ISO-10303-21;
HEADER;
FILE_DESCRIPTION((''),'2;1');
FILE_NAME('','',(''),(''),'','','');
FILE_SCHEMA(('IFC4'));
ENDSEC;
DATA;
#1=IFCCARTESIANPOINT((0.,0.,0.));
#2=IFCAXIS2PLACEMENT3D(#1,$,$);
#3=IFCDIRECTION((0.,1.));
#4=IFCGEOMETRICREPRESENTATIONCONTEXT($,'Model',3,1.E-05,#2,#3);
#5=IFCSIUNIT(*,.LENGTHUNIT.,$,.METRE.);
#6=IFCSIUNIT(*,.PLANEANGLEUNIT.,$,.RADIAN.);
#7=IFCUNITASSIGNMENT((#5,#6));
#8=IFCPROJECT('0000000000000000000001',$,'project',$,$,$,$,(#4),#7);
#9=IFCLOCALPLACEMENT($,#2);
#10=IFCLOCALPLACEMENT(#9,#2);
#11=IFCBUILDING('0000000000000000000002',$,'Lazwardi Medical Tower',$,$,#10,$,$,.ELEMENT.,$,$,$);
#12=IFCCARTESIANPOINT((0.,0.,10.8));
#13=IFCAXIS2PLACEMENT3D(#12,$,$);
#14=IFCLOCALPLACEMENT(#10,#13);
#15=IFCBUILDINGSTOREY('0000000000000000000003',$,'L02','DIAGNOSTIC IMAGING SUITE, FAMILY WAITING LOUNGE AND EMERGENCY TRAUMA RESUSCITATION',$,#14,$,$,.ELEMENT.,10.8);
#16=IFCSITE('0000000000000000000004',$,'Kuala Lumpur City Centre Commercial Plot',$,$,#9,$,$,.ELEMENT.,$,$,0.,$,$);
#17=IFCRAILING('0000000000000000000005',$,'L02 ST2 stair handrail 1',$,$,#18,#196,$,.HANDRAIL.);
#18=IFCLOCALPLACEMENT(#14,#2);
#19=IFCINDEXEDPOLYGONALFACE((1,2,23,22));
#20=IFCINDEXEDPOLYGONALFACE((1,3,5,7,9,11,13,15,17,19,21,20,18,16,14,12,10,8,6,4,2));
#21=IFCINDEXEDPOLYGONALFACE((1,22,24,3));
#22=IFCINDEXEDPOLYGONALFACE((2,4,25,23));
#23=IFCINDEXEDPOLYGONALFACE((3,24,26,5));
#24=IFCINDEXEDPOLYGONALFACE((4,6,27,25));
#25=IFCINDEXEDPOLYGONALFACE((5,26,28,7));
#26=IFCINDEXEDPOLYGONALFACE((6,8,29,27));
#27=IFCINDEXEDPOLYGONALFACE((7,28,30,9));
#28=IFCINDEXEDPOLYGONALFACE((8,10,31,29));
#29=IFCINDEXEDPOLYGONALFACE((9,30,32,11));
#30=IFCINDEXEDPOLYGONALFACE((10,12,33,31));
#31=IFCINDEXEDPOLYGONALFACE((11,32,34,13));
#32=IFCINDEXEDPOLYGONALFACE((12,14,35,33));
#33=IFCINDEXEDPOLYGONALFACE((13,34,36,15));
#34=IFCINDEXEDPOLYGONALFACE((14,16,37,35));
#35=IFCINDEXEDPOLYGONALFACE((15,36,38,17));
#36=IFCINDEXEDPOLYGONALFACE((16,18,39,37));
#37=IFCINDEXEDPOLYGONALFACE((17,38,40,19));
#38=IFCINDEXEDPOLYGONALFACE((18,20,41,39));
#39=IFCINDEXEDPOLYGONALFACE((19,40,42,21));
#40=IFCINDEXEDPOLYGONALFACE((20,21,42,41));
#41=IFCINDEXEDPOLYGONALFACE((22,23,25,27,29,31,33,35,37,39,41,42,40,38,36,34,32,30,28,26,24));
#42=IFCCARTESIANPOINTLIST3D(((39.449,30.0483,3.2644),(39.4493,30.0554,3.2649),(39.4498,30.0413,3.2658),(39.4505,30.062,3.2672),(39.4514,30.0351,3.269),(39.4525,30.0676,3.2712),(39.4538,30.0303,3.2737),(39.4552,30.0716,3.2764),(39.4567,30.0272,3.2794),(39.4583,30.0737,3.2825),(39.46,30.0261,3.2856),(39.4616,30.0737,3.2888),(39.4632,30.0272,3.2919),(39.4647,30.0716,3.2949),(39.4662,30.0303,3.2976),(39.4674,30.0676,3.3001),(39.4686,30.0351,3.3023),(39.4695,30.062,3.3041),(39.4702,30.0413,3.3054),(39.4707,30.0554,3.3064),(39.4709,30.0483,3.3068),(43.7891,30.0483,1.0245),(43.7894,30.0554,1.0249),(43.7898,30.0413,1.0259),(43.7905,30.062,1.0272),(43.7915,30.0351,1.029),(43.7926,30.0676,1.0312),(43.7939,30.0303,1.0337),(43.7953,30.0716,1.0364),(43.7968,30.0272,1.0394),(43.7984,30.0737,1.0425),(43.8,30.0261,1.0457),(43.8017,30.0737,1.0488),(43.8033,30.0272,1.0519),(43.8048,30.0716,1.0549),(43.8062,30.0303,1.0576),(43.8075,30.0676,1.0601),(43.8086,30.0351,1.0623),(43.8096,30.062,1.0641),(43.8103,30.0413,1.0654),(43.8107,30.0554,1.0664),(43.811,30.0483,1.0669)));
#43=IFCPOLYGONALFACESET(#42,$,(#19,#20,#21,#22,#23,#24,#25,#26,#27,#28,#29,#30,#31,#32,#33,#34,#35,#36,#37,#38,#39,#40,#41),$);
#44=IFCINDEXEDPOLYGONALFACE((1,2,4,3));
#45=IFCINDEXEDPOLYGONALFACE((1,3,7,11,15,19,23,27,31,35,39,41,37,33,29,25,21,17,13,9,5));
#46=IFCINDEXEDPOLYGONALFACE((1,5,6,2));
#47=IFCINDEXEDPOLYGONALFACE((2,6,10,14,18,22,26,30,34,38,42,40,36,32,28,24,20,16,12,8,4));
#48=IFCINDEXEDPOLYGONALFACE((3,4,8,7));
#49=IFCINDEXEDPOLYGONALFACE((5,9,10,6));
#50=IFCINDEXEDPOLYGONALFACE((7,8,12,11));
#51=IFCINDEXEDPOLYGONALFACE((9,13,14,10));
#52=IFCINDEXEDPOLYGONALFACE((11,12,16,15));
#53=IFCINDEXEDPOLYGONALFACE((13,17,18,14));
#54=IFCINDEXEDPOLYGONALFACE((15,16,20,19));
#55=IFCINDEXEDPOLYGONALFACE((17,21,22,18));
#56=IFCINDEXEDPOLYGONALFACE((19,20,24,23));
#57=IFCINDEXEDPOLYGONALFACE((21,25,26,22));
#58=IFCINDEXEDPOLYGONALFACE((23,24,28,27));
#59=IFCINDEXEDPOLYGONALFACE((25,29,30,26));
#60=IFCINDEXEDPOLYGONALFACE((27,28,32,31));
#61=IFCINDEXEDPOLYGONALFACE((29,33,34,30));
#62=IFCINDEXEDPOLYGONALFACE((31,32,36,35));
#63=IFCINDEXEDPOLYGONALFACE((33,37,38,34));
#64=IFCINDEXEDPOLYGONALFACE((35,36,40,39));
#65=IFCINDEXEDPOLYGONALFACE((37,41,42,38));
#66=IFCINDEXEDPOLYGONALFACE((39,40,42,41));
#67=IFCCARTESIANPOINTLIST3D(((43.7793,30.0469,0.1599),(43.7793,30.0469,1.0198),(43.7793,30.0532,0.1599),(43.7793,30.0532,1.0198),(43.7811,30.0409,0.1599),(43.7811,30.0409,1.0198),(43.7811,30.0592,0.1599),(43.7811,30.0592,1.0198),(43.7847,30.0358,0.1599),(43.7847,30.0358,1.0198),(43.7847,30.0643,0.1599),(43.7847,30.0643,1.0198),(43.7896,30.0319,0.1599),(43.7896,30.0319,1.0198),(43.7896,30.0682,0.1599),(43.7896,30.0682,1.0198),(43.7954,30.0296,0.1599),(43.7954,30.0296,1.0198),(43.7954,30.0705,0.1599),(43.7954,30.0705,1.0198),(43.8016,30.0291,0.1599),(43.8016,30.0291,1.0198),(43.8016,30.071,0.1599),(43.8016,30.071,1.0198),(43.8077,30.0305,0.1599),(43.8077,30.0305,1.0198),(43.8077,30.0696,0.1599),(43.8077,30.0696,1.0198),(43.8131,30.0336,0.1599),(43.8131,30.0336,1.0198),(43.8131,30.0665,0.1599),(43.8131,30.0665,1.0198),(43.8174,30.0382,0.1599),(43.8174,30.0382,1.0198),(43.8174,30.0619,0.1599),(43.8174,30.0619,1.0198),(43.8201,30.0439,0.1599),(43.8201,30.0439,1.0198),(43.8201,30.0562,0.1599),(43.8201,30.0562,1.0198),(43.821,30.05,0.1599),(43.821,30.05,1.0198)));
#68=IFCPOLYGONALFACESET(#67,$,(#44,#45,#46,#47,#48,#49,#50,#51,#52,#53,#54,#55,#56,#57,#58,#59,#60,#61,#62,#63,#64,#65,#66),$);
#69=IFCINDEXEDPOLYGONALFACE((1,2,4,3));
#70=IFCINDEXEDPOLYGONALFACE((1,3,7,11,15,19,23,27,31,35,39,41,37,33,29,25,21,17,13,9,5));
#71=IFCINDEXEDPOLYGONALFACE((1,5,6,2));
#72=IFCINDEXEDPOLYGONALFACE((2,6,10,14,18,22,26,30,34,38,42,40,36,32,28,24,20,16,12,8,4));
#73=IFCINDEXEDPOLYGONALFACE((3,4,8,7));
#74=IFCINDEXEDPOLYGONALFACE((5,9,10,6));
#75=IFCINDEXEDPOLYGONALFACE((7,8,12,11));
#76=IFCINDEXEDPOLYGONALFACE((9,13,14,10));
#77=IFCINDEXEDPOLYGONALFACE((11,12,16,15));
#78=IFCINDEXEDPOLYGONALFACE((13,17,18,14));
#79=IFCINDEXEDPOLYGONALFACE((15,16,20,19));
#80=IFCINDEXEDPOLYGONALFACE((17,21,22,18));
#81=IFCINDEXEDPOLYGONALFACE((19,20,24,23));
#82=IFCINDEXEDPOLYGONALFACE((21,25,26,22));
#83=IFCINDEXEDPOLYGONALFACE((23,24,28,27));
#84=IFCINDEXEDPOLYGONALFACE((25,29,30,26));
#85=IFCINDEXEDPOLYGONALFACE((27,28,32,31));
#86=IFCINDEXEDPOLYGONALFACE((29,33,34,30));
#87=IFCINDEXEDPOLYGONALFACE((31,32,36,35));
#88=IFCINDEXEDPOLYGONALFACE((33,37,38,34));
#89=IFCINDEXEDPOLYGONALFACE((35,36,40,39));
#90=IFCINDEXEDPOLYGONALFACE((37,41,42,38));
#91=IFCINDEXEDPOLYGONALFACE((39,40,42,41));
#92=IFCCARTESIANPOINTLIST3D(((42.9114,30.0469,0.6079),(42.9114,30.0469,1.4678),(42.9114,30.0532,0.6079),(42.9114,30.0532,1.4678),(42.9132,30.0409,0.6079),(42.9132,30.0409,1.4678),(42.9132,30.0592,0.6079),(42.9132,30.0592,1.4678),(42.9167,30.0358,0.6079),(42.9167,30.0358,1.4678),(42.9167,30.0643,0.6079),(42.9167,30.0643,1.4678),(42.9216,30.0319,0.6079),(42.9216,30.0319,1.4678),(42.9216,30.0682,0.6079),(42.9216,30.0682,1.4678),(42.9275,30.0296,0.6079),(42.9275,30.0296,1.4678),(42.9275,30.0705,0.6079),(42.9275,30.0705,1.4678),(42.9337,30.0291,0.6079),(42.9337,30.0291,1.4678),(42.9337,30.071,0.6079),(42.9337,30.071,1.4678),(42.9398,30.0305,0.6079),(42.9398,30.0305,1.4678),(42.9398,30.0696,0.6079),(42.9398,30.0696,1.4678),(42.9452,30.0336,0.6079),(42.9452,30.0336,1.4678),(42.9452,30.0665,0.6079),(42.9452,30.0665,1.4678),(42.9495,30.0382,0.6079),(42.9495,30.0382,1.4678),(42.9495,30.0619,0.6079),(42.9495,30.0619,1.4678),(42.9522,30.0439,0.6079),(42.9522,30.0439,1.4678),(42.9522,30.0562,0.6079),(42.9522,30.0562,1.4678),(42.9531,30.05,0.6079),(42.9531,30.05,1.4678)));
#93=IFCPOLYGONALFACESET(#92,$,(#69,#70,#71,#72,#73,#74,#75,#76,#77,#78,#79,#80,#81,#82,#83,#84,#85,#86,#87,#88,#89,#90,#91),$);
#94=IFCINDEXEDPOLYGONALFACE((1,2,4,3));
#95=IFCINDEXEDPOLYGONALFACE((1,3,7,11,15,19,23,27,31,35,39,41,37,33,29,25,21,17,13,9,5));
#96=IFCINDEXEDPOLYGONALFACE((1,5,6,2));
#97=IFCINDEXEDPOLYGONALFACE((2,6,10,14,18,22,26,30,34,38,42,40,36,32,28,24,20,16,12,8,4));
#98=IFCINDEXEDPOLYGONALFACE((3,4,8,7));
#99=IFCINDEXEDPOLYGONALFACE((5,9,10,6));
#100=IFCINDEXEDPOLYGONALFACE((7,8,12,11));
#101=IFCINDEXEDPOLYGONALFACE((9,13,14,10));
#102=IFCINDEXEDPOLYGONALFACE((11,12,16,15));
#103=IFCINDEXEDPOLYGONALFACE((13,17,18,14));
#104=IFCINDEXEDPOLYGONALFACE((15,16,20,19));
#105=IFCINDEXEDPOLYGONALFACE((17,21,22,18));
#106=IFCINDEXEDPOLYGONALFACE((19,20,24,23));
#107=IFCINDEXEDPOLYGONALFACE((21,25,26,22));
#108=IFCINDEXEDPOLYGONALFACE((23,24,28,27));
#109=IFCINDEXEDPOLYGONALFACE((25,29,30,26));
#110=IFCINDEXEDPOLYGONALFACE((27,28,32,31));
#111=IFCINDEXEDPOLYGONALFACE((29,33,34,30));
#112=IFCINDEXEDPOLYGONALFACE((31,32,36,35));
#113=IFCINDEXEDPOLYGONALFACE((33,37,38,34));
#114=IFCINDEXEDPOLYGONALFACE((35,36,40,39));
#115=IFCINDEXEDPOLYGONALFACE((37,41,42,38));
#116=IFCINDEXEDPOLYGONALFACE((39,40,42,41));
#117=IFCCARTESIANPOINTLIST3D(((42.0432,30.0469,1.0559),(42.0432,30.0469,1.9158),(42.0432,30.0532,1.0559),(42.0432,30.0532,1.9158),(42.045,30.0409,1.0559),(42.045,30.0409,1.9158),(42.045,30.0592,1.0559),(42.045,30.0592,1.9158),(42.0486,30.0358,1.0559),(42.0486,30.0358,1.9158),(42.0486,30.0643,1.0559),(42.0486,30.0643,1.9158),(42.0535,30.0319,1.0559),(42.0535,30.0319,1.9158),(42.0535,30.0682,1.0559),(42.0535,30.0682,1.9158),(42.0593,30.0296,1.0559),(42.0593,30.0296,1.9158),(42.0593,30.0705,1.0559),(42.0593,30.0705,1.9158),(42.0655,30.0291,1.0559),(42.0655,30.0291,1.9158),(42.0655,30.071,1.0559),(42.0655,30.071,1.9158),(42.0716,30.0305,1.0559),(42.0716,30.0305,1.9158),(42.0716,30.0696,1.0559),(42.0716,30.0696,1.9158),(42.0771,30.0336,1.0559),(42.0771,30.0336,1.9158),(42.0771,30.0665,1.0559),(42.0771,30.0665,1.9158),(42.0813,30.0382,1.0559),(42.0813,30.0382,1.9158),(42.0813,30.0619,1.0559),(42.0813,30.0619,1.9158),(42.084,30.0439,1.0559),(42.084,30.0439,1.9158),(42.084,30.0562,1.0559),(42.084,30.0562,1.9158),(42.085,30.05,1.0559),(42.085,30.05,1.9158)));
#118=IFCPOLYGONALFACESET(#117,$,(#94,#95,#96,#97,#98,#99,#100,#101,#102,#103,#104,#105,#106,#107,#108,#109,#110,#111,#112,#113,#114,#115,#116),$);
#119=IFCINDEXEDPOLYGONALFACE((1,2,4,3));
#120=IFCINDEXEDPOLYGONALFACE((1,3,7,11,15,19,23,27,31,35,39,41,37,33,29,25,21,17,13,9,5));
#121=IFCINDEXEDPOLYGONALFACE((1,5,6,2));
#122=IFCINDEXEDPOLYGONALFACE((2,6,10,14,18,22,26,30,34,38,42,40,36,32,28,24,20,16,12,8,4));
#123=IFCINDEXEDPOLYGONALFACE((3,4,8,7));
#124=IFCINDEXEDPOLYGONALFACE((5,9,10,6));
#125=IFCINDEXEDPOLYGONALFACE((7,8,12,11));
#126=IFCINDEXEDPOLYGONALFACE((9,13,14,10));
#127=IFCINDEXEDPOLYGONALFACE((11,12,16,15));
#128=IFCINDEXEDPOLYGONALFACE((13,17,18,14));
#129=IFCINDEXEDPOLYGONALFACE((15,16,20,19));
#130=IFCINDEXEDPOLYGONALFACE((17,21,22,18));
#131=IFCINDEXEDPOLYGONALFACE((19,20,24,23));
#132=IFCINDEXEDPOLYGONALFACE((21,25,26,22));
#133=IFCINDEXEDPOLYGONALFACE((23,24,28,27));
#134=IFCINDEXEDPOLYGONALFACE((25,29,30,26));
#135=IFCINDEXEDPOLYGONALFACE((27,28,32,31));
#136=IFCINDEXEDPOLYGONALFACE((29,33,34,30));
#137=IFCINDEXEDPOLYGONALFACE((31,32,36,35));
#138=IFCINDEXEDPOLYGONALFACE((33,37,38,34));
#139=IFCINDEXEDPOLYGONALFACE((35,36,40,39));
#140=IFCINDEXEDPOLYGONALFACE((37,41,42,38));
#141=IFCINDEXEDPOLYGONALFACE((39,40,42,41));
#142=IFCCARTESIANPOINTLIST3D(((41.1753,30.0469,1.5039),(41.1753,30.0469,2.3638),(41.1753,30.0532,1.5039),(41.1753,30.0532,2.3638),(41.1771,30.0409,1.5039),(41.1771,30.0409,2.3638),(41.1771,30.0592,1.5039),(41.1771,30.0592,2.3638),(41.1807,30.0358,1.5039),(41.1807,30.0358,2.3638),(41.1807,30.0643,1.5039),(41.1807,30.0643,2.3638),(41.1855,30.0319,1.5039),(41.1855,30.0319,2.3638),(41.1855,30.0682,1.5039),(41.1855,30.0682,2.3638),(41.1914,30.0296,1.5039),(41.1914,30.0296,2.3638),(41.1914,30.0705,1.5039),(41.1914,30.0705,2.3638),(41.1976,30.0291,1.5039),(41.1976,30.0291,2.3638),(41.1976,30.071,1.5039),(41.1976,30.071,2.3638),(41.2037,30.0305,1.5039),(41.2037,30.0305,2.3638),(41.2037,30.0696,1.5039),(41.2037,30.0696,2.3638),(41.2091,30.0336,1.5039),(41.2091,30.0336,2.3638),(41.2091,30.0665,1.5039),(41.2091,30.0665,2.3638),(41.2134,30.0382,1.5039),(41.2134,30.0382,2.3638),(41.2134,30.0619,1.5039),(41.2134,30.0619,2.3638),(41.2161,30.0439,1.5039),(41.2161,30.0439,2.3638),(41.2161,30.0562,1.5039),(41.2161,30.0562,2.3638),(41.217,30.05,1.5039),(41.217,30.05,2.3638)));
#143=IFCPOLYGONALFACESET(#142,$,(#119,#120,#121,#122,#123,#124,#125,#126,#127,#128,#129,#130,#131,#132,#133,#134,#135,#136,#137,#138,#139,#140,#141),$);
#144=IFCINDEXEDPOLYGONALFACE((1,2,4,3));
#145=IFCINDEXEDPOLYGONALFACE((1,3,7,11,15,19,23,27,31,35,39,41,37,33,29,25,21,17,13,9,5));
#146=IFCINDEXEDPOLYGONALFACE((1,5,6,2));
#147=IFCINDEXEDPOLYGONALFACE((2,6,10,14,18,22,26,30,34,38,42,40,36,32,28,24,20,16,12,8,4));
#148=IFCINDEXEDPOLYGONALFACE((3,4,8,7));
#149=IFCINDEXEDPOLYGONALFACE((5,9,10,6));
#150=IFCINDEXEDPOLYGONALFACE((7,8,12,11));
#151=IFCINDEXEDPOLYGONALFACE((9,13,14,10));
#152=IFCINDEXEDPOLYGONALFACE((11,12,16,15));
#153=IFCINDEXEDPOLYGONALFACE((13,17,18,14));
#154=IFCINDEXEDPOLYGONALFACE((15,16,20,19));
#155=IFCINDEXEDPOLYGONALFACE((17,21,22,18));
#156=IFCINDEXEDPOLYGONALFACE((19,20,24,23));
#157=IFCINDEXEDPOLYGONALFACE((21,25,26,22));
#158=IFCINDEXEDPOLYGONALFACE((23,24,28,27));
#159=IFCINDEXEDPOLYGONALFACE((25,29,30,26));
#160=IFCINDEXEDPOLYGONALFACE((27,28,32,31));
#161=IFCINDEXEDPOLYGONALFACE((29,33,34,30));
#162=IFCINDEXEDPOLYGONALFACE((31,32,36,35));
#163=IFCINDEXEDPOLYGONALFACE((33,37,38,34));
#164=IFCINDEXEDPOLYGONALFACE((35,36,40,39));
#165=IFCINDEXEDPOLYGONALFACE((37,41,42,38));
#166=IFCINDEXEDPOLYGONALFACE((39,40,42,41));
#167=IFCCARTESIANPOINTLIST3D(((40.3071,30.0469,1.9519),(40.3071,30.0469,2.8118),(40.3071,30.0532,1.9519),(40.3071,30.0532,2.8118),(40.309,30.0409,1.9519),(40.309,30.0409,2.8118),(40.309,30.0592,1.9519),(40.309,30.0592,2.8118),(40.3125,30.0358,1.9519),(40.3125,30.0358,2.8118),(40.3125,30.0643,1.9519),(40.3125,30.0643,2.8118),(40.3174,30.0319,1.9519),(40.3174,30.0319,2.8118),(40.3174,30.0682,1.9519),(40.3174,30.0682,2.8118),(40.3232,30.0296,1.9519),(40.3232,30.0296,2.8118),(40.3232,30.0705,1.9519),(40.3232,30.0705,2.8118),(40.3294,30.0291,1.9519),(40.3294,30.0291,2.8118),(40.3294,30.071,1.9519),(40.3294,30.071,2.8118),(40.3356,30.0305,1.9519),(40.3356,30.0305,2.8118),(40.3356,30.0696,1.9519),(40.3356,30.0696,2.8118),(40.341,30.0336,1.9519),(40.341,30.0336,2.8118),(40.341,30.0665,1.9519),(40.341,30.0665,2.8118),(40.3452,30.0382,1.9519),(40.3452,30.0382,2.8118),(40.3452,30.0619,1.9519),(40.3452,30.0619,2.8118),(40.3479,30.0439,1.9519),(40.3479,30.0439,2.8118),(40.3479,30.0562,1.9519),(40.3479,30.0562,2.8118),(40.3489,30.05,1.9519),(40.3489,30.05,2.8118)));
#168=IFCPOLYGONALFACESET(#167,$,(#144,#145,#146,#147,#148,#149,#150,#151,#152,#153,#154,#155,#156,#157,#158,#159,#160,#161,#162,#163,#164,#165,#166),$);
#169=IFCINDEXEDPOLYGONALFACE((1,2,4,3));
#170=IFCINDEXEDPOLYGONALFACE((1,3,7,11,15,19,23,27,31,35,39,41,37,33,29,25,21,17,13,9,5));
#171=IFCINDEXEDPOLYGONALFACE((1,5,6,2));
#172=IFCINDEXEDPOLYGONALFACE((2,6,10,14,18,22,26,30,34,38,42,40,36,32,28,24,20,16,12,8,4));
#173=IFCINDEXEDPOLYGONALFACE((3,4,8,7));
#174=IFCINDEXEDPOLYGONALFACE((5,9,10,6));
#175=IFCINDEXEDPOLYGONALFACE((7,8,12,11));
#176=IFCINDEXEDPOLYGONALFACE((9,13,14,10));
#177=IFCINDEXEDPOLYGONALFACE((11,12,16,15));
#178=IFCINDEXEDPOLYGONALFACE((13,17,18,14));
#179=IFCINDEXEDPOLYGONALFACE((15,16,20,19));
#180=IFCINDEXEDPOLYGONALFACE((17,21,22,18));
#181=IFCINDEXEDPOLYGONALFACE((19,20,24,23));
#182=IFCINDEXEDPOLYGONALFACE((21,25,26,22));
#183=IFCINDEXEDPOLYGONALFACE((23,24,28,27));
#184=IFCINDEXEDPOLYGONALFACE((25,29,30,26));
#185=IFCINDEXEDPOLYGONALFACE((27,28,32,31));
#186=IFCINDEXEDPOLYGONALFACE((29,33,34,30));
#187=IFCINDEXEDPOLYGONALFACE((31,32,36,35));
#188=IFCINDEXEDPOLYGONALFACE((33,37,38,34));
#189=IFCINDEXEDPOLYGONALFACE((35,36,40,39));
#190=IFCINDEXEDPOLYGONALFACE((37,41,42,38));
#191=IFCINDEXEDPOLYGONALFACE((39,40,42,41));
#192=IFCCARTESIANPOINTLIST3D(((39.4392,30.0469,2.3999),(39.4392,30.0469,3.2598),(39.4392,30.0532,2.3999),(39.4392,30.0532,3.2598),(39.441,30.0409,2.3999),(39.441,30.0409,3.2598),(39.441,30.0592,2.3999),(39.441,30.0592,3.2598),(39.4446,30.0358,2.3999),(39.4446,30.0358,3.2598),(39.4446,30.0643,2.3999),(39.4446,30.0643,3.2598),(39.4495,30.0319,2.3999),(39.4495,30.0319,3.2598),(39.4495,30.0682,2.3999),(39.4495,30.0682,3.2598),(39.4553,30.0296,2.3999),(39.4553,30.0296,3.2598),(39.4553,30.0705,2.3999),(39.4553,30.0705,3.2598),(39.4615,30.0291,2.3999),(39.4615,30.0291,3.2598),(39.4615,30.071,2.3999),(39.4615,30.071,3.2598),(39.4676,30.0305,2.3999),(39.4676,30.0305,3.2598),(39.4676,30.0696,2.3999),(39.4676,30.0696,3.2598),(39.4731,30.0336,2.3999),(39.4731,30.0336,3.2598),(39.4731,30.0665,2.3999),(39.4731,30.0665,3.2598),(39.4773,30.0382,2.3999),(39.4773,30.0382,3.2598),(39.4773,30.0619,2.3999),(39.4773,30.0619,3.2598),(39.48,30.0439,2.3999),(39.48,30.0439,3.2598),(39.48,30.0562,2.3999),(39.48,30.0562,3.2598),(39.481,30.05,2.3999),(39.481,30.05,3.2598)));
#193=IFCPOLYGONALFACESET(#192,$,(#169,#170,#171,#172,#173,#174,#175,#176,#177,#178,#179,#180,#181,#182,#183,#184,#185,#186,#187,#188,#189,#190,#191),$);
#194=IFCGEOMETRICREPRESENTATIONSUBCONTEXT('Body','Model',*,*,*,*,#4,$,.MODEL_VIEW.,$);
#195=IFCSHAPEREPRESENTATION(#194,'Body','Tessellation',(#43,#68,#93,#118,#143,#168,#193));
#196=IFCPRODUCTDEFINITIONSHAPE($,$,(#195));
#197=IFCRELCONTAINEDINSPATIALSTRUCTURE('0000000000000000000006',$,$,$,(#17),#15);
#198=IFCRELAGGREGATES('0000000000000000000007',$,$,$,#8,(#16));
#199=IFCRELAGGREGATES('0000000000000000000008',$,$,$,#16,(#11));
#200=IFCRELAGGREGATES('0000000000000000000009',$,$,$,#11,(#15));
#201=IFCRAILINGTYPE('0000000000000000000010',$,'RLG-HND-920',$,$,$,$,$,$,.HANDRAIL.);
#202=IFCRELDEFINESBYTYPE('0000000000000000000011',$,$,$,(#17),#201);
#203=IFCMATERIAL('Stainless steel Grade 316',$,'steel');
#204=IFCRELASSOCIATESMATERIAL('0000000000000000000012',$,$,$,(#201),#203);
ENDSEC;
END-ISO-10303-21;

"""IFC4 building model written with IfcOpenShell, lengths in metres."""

from ifc_helpers import new_model, si_unit, direction, frame, origin, origin_2d, place, context, subcontext, project, spatial, circle, extrude, material, type_object, element, save


model = new_model("IFC4")

# Units and contexts
model_context = context("Model", 3, precision=1e-05, world=origin(), true_north=direction((0.0, 1.0)))
body_context = subcontext(model_context, "Body", "Model", "MODEL_VIEW")
ifc_project = project(units=[si_unit("LENGTHUNIT", "METRE"), si_unit("PLANEANGLEUNIT", "RADIAN")], contexts=[model_context])

# Site, building, storey
site_placement = place(None, origin())
site = spatial("IfcSite", under=ifc_project, at=site_placement, Name="Kuala Lumpur City Centre Commercial Plot", CompositionType="ELEMENT", RefElevation=0.0)
building_placement = place(site_placement, origin())
building = spatial("IfcBuilding", under=site, at=building_placement, Name="Lazwardi Medical Tower", CompositionType="ELEMENT")
storey_placement = place(building_placement, frame((0.0, 0.0, 10.8)))
storey = spatial("IfcBuildingStorey", under=building, at=storey_placement, Name="L02", Description="DIAGNOSTIC IMAGING SUITE, FAMILY WAITING LOUNGE AND EMERGENCY TRAUMA RESUSCITATION", CompositionType="ELEMENT", Elevation=10.8)

# Railing
ifc_material_1 = material(Name="Stainless steel Grade 316", Category="steel")
railing_type_1 = type_object("IfcRailingType", Name="RLG-HND-920", PredefinedType="HANDRAIL", material=ifc_material_1)
railing_1_placement = place(storey_placement, frame((43.8, 30.05, 0.1599)))
element("IfcRailing", 1, at=railing_1_placement, inside=storey, type_object=railing_type_1, Name="L02 ST2 stair handrail 1", PredefinedType="HANDRAIL", context=body_context, shape_type="SweptSolid", body=[
    extrude(circle(Radius=0.0239, at=origin_2d()), frame((0.0, 0.0, 0.8857), z_axis=(-0.888625, 0.0, 0.458634), x_axis=(0.0, -1.0, 0.0)), (0.0, 0.0, 1.0), 4.884),
    extrude(circle(Radius=0.021, at=origin_2d()), origin(), (0.0, 0.0, 1.0), 0.8599),
    extrude(circle(Radius=0.021, at=origin_2d()), frame((-0.8679, 0.0, 0.448)), (0.0, 0.0, 1.0), 0.8599),
    extrude(circle(Radius=0.021, at=origin_2d()), frame((-1.7361, 0.0, 0.896)), (0.0, 0.0, 1.0), 0.8599),
    extrude(circle(Radius=0.021, at=origin_2d()), frame((-2.604, 0.0, 1.344)), (0.0, 0.0, 1.0), 0.8599),
    extrude(circle(Radius=0.021, at=origin_2d()), frame((-3.4722, 0.0, 1.792)), (0.0, 0.0, 1.0), 0.8599),
    extrude(circle(Radius=0.021, at=origin_2d()), frame((-4.3401, 0.0, 2.24)), (0.0, 0.0, 1.0), 0.8599),
])

save(model, "model.ifc")
